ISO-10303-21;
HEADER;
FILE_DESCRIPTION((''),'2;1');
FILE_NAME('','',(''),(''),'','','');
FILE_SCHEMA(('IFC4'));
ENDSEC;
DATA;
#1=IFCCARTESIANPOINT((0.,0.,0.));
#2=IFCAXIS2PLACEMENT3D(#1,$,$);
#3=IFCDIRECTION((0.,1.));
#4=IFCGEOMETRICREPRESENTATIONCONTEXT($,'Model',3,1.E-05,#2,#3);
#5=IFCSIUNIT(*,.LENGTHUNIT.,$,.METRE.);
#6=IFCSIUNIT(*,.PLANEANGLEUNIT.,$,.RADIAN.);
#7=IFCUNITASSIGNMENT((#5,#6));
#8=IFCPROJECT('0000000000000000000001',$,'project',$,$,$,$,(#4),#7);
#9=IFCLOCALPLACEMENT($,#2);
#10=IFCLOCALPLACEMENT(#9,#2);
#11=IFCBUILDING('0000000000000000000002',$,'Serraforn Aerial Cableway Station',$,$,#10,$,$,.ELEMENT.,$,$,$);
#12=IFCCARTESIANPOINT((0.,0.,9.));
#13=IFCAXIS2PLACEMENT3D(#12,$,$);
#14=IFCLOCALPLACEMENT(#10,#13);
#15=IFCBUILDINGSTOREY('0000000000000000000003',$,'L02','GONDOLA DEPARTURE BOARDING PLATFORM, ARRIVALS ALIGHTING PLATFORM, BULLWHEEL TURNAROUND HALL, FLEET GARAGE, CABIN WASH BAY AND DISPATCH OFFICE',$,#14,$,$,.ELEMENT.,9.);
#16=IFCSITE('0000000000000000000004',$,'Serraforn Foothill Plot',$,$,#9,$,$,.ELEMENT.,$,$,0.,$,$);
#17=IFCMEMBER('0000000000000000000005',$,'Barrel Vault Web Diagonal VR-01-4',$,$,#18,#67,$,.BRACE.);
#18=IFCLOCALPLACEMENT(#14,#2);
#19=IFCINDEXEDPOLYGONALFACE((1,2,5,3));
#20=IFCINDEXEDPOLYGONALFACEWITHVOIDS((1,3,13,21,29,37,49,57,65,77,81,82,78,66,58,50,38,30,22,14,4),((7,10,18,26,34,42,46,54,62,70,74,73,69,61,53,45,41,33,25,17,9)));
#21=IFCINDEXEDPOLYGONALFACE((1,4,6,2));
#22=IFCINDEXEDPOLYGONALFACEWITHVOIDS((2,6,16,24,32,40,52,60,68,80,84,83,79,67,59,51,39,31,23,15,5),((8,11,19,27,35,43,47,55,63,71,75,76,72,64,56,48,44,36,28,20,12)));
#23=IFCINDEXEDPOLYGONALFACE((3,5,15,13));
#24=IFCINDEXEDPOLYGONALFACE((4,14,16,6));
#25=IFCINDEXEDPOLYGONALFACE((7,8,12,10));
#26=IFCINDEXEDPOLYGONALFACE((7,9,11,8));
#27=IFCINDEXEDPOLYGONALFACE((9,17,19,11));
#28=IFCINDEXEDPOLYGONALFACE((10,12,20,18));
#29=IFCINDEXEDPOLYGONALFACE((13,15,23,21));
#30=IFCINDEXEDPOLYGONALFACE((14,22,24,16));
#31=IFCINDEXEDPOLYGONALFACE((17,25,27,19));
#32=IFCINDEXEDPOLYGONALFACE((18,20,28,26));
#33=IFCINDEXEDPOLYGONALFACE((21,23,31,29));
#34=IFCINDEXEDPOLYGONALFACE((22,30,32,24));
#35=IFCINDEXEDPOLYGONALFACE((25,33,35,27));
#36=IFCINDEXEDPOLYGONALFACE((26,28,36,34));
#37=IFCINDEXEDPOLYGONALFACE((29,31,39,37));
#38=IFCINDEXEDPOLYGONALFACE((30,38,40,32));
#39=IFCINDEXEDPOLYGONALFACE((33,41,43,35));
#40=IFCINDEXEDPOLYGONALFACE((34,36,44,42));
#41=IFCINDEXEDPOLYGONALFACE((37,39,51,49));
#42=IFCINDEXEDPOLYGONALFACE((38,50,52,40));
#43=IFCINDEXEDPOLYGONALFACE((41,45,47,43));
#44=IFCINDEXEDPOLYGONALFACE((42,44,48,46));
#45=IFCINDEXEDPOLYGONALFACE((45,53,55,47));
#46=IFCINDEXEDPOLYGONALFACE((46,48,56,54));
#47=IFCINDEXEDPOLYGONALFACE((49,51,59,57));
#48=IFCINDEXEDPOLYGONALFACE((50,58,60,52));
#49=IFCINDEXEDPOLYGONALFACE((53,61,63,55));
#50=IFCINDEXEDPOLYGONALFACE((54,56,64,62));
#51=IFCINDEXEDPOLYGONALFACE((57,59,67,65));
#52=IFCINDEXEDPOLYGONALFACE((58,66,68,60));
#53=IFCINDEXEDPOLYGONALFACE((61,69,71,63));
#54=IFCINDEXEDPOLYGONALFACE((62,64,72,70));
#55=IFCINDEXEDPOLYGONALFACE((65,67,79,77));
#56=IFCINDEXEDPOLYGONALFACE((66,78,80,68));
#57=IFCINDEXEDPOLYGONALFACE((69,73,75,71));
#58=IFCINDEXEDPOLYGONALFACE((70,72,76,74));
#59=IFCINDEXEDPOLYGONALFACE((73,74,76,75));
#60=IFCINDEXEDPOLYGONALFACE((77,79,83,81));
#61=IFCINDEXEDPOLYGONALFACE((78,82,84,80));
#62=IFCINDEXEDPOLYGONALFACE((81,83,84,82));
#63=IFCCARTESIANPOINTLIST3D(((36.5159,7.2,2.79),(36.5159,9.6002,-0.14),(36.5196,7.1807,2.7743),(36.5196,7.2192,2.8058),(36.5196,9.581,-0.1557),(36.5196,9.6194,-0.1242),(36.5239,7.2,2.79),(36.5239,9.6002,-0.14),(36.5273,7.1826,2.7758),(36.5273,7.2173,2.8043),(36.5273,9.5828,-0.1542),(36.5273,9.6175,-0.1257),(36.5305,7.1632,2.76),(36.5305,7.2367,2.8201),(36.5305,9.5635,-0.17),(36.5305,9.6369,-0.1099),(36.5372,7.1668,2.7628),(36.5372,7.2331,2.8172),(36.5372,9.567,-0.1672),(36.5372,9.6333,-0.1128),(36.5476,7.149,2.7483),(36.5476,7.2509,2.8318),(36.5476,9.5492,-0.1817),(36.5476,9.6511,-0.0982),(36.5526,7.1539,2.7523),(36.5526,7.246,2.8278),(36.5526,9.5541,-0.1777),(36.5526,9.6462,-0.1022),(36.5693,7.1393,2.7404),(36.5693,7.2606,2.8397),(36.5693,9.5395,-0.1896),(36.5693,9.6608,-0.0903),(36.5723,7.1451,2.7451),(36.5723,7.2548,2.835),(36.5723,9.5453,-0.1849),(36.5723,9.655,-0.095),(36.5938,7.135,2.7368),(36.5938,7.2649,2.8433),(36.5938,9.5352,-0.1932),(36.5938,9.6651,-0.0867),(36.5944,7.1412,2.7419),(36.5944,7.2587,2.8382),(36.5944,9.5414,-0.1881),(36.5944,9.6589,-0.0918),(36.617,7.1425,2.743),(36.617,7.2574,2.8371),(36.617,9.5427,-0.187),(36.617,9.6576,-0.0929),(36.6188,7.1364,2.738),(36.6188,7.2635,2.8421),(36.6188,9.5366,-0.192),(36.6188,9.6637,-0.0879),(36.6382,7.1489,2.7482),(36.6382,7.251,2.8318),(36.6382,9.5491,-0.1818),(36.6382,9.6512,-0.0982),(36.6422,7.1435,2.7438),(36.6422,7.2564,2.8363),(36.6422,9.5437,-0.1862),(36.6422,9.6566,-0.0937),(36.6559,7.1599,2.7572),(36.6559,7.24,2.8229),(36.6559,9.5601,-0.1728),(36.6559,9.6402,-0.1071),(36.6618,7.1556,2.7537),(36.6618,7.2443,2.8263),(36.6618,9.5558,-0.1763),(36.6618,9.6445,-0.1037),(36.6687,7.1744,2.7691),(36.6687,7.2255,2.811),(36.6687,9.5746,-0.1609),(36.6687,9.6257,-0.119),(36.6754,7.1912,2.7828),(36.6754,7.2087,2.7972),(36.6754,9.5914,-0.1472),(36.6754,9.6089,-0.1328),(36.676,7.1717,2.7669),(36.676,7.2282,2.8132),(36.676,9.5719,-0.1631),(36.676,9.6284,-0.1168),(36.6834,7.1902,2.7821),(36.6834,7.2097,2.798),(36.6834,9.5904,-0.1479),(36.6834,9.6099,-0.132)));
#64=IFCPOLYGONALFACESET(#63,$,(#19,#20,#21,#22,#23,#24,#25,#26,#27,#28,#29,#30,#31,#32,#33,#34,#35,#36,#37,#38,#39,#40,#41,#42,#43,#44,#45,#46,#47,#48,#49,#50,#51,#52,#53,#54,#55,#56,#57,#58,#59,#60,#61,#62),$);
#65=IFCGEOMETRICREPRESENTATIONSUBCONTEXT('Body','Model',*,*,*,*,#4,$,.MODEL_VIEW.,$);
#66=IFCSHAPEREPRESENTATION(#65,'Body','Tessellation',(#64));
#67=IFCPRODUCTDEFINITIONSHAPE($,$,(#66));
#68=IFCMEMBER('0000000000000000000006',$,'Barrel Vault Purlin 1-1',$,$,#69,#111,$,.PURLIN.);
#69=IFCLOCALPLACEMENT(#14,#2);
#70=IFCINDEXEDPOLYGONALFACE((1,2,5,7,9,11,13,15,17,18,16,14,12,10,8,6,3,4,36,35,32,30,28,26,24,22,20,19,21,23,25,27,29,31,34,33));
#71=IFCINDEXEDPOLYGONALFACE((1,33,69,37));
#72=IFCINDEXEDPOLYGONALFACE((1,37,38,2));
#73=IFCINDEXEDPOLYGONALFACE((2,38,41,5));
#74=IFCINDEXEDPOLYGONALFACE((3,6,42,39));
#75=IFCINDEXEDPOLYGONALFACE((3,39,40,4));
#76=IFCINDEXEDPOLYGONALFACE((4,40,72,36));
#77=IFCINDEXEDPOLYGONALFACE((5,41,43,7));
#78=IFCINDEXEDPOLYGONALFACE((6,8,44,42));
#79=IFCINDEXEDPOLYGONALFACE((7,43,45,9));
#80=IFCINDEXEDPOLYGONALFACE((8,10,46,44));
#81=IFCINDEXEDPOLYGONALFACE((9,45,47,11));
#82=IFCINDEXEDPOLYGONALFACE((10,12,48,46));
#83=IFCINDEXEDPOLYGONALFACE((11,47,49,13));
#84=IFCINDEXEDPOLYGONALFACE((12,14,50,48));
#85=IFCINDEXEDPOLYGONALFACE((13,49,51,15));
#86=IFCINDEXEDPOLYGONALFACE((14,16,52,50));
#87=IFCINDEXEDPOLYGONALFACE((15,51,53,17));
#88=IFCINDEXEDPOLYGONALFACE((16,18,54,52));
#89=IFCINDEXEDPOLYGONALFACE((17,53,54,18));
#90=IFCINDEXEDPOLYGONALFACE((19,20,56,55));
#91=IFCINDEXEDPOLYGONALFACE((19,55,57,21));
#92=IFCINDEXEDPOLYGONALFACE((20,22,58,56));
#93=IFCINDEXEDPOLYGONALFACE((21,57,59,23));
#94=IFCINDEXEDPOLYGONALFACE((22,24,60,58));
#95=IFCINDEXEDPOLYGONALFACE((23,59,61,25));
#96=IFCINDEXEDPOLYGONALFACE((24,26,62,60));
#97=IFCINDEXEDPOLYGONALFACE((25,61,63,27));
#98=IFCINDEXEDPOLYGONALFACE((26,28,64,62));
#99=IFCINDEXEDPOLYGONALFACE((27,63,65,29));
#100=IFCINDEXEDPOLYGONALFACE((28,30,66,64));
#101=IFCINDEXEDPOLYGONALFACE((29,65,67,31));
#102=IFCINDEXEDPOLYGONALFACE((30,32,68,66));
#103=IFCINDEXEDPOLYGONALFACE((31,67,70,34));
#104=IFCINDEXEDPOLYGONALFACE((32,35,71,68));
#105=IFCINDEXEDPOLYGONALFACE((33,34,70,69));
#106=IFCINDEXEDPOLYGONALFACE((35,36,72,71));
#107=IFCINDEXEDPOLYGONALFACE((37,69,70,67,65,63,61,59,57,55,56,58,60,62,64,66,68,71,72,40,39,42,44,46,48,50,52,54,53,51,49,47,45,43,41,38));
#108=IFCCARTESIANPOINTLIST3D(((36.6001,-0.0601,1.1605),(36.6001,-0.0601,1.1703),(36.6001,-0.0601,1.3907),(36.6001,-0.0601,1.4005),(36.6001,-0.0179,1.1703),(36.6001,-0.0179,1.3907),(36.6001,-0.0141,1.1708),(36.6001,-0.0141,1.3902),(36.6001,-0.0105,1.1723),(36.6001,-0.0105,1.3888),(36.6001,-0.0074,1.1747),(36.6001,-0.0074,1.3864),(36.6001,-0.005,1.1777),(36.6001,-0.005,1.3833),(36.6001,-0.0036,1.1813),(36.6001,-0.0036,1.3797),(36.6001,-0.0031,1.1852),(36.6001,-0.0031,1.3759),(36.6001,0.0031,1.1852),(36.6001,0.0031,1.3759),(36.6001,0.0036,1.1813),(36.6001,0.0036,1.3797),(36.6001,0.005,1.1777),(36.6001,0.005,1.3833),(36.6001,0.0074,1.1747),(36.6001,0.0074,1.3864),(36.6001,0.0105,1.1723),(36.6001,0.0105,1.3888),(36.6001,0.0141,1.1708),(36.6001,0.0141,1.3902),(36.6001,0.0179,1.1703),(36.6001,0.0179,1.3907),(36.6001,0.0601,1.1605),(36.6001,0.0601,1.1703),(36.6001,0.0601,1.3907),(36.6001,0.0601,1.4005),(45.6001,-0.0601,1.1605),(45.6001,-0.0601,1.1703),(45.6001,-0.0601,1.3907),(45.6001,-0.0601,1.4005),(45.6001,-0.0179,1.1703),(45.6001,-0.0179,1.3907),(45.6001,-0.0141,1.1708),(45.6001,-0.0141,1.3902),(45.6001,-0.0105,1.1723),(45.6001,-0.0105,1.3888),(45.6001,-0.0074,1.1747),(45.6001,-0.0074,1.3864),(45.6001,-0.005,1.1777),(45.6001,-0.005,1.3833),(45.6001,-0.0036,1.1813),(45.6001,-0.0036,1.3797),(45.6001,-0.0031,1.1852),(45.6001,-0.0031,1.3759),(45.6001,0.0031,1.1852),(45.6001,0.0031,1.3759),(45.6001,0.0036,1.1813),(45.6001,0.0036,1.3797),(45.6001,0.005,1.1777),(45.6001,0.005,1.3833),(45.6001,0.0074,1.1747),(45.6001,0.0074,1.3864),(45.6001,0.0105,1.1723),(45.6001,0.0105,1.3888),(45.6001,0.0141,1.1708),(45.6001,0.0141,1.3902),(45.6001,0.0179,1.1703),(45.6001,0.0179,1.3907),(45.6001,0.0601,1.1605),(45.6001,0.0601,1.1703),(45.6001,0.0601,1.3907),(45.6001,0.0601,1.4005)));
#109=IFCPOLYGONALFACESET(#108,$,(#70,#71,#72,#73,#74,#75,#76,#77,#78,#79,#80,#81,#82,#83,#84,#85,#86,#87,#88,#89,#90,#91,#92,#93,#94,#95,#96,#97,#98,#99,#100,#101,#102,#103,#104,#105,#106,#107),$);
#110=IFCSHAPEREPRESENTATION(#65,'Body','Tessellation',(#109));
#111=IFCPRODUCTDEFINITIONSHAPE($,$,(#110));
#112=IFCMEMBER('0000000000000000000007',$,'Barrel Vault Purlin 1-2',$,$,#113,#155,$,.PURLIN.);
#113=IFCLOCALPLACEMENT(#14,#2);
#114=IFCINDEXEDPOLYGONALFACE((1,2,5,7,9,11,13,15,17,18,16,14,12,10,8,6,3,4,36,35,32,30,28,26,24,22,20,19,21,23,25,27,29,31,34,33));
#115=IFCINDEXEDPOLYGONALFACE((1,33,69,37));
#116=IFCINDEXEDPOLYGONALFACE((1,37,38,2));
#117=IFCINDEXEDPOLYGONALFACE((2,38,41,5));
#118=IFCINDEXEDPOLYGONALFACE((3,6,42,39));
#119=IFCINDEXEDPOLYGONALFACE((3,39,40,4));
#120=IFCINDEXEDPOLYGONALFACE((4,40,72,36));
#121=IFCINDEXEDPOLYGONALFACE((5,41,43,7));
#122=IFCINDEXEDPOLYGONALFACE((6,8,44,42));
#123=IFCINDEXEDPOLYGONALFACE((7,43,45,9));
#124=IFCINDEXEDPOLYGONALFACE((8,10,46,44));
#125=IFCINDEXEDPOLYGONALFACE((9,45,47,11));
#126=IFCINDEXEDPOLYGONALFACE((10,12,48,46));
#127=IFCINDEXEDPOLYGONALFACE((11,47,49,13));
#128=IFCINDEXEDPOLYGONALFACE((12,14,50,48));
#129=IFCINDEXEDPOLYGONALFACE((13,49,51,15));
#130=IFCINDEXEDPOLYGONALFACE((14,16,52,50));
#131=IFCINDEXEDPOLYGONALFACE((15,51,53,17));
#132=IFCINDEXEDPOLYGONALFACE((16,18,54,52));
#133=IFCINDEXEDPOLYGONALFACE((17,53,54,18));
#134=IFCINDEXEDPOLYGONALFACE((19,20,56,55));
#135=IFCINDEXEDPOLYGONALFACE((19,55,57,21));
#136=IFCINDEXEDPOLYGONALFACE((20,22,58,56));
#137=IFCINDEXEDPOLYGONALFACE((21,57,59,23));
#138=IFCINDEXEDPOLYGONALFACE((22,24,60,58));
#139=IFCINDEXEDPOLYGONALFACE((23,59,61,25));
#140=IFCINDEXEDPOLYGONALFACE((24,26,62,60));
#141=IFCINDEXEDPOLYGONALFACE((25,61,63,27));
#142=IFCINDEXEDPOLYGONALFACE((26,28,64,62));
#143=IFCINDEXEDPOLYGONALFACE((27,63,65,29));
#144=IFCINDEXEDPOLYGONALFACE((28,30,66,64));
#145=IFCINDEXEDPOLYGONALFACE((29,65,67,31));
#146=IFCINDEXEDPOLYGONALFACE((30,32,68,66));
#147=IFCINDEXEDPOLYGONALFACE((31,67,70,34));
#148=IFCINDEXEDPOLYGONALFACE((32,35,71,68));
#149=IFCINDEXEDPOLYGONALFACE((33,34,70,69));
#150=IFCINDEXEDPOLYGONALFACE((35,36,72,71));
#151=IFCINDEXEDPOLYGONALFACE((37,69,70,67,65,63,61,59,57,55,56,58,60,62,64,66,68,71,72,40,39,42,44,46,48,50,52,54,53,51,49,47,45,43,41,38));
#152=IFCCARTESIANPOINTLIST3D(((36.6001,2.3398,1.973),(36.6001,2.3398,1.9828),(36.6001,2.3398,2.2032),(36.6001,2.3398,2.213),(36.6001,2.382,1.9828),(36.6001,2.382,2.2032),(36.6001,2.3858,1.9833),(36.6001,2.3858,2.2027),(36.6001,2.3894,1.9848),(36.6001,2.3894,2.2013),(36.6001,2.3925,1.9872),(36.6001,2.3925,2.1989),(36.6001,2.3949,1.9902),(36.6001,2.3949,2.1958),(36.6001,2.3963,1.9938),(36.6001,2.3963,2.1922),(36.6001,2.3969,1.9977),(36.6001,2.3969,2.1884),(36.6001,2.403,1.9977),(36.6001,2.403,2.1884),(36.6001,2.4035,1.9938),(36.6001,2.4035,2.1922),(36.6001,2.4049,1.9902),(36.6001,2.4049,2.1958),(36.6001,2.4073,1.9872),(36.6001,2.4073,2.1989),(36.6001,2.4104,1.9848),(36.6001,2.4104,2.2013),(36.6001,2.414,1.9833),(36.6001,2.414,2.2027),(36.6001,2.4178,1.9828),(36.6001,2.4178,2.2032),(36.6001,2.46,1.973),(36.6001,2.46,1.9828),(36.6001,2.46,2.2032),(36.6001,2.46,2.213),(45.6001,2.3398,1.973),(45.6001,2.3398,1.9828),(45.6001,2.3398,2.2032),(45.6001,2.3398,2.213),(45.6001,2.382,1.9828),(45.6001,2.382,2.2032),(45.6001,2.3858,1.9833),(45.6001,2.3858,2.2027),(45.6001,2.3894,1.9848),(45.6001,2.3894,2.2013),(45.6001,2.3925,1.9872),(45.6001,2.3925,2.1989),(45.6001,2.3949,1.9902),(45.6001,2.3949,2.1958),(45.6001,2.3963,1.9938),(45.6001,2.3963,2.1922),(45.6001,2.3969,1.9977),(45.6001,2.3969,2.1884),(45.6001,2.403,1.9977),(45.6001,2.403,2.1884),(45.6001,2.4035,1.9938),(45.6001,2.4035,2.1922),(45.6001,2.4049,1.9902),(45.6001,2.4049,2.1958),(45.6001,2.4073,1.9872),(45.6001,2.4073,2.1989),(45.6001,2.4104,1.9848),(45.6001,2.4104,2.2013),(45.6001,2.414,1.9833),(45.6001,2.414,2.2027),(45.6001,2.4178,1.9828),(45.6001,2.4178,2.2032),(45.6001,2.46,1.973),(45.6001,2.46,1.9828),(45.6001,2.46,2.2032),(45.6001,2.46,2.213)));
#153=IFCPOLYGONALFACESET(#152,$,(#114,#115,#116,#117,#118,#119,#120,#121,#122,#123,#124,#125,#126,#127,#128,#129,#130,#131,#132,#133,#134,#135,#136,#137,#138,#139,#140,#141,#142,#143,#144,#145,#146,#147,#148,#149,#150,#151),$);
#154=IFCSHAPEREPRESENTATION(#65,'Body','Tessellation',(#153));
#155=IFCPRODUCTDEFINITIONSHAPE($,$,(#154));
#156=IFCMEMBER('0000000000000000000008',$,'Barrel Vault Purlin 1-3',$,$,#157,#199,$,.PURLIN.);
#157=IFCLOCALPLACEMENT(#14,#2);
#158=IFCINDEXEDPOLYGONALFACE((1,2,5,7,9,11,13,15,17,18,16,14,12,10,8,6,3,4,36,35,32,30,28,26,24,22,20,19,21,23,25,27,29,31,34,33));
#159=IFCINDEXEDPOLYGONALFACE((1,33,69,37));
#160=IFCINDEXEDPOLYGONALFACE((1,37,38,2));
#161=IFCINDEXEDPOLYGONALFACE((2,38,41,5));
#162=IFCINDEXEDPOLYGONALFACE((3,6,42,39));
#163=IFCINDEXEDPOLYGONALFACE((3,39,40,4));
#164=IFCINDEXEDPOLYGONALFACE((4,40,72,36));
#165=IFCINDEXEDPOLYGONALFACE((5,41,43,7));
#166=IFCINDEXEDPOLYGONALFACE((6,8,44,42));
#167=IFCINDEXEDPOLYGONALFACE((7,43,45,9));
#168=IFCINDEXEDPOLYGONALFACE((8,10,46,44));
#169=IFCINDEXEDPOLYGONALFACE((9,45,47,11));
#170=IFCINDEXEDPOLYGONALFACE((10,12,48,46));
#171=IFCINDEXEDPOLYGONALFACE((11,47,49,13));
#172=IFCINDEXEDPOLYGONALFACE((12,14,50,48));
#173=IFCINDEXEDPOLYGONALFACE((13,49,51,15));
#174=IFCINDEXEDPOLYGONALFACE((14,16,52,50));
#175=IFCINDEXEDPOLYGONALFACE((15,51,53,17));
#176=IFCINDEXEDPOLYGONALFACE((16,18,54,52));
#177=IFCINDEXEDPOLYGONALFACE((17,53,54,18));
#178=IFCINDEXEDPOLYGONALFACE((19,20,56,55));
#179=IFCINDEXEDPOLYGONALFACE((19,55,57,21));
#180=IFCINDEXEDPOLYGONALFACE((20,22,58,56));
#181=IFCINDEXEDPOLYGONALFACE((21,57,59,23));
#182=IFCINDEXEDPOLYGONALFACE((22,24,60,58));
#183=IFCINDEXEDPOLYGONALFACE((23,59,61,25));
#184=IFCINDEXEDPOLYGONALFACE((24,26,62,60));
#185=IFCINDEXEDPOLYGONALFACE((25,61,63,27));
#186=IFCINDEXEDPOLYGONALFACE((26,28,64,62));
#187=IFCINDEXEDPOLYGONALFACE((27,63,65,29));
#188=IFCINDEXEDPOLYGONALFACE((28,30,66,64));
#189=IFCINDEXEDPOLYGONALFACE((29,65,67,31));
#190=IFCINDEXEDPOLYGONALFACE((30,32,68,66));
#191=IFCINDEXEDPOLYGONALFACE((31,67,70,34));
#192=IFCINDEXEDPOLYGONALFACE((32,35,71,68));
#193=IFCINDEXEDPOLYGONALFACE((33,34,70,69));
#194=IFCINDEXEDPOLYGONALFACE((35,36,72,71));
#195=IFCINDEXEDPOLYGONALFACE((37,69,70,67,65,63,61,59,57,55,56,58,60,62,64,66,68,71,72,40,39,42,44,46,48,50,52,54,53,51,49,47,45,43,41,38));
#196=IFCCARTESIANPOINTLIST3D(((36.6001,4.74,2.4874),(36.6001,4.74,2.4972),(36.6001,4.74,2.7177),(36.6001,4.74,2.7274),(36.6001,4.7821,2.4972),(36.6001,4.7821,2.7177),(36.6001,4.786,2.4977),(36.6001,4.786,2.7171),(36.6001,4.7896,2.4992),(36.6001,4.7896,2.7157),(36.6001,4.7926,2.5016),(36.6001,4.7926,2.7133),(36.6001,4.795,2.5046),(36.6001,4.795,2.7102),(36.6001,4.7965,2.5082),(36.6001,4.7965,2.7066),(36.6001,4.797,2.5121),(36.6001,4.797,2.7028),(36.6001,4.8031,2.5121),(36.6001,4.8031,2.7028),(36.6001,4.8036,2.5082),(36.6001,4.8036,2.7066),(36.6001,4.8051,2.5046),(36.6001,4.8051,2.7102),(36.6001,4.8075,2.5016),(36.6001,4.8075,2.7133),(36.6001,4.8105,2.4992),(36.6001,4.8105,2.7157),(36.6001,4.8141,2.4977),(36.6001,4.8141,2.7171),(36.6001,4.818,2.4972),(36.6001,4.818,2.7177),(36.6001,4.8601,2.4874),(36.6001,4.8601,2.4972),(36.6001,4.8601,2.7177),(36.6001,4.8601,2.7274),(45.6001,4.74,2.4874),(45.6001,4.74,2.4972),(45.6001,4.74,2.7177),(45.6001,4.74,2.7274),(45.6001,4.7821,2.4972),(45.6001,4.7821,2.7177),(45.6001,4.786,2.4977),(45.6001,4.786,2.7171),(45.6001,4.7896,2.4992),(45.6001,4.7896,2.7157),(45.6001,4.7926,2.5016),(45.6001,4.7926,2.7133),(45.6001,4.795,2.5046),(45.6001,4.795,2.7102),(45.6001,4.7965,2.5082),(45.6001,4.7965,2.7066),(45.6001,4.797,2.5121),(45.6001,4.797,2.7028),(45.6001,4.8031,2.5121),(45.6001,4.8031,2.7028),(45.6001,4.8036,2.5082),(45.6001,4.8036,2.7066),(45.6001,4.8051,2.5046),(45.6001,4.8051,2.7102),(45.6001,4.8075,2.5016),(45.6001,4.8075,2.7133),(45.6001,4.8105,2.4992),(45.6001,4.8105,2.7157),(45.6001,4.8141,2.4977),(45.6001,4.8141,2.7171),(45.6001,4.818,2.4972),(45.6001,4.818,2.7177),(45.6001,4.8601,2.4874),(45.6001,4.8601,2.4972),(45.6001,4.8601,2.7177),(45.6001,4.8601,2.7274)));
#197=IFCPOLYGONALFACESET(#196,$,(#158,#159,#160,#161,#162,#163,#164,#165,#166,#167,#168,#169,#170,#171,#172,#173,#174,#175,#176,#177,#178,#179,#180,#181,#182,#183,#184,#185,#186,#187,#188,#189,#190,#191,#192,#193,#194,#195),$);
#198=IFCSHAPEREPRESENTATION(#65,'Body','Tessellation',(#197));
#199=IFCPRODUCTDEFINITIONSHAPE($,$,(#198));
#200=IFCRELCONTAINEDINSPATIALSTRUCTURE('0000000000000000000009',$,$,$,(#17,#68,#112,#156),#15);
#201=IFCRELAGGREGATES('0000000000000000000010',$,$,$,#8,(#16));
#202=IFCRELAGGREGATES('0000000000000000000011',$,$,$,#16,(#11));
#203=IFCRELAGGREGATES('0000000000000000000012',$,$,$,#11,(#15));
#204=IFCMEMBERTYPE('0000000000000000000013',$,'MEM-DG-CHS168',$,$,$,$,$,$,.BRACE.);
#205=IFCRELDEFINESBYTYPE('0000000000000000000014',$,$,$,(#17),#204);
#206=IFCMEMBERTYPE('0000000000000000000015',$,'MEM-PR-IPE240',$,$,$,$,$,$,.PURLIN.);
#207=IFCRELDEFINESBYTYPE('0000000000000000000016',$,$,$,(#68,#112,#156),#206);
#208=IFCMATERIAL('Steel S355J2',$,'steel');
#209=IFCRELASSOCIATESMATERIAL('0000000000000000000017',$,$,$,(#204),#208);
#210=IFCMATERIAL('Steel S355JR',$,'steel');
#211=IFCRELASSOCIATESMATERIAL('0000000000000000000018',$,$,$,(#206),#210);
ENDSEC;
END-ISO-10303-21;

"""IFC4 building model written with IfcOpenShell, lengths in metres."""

from ifc_helpers import new_model, si_unit, direction, frame, origin, origin_2d, place, context, subcontext, project, spatial, hollow_circle, i_section, extrude, material, material_profile, profile_set, type_object, element, save


model = new_model("IFC4")

# Units and contexts
model_context = context("Model", 3, precision=1e-05, world=origin(), true_north=direction((0.0, 1.0)))
body_context = subcontext(model_context, "Body", "Model", "MODEL_VIEW")
ifc_project = project(units=[si_unit("LENGTHUNIT", "METRE"), si_unit("PLANEANGLEUNIT", "RADIAN")], contexts=[model_context])

# Site, building, storey
site_placement = place(None, origin())
site = spatial("IfcSite", under=ifc_project, at=site_placement, Name="Serraforn Foothill Plot", CompositionType="ELEMENT", RefElevation=0.0)
building_placement = place(site_placement, origin())
building = spatial("IfcBuilding", under=site, at=building_placement, Name="Serraforn Aerial Cableway Station", CompositionType="ELEMENT")
storey_placement = place(building_placement, frame((0.0, 0.0, 9.0)))
storey = spatial("IfcBuildingStorey", under=building, at=storey_placement, Name="L02", Description="GONDOLA DEPARTURE BOARDING PLATFORM, ARRIVALS ALIGHTING PLATFORM, BULLWHEEL TURNAROUND HALL, FLEET GARAGE, CABIN WASH BAY AND DISPATCH OFFICE", CompositionType="ELEMENT", Elevation=9.0)

# Shared definitions
ifc_material_1 = material(Name="Steel S355JR", Category="steel")

# Members
ifc_material_2 = material(Name="Steel S355J2", Category="steel")
ifc_material_profile_1 = material_profile(ifc_material_2, hollow_circle(Radius=0.0842, WallThickness=0.0081, at=origin_2d()), Name="CHS 168.3x8.0")
ifc_profile_set_1 = profile_set([ifc_material_profile_1], Name="Steel S355J2")
member_type_1 = type_object("IfcMemberType", Name="MEM-DG-CHS168", PredefinedType="BRACE", material=ifc_profile_set_1)
member_1_placement = place(storey_placement, frame((36.6001, 7.2, 2.79), z_axis=(0.0, 0.633701, -0.773578), x_axis=(-1.0, 0.0, 0.0)))
element("IfcMember", 1, at=member_1_placement, inside=storey, type_object=member_type_1, Name="Barrel Vault Web Diagonal VR-01-4", PredefinedType="BRACE", context=body_context, shape_type="SweptSolid", body=[
    extrude(hollow_circle(Radius=0.0842, WallThickness=0.0081, at=origin_2d()), origin(), (0.0, 0.0, 1.0), 3.7876),
])
ifc_material_profile_2 = material_profile(ifc_material_1, i_section(OverallWidth=0.1201, OverallDepth=0.24, WebThickness=0.0061, FlangeThickness=0.0098, FilletRadius=0.0149, at=origin_2d()), Name="IPE 240")
ifc_profile_set_2 = profile_set([ifc_material_profile_2], Name="Steel S355JR")
member_type_2 = type_object("IfcMemberType", Name="MEM-PR-IPE240", PredefinedType="PURLIN", material=ifc_profile_set_2)
for number, where, z_axis, x_axis, name in (
    (2, (36.6001, 0.0, 1.2805), (1.0, 0.0, 0.0), (0.0, 1.0, 0.0), "Barrel Vault Purlin 1-1"),
    (3, (36.6001, 2.3999, 2.093), (1.0, 0.0, 0.0), (0.0, 1.0, 0.0), "Barrel Vault Purlin 1-2"),
    (4, (36.6001, 4.8, 2.6074), (1.0, 0.0, 0.0), (0.0, 1.0, 0.0), "Barrel Vault Purlin 1-3"),
):
    element("IfcMember", number, at=place(storey_placement, frame(where, z_axis=z_axis, x_axis=x_axis)), inside=storey, type_object=member_type_2, Name=name, PredefinedType="PURLIN", context=body_context, shape_type="SweptSolid", body=[
        extrude(i_section(OverallWidth=0.1201, OverallDepth=0.24, WebThickness=0.0061, FlangeThickness=0.0098, FilletRadius=0.0149, at=origin_2d()), origin(), (0.0, 0.0, 1.0), 9.0),
    ])

save(model, "model.ifc")
